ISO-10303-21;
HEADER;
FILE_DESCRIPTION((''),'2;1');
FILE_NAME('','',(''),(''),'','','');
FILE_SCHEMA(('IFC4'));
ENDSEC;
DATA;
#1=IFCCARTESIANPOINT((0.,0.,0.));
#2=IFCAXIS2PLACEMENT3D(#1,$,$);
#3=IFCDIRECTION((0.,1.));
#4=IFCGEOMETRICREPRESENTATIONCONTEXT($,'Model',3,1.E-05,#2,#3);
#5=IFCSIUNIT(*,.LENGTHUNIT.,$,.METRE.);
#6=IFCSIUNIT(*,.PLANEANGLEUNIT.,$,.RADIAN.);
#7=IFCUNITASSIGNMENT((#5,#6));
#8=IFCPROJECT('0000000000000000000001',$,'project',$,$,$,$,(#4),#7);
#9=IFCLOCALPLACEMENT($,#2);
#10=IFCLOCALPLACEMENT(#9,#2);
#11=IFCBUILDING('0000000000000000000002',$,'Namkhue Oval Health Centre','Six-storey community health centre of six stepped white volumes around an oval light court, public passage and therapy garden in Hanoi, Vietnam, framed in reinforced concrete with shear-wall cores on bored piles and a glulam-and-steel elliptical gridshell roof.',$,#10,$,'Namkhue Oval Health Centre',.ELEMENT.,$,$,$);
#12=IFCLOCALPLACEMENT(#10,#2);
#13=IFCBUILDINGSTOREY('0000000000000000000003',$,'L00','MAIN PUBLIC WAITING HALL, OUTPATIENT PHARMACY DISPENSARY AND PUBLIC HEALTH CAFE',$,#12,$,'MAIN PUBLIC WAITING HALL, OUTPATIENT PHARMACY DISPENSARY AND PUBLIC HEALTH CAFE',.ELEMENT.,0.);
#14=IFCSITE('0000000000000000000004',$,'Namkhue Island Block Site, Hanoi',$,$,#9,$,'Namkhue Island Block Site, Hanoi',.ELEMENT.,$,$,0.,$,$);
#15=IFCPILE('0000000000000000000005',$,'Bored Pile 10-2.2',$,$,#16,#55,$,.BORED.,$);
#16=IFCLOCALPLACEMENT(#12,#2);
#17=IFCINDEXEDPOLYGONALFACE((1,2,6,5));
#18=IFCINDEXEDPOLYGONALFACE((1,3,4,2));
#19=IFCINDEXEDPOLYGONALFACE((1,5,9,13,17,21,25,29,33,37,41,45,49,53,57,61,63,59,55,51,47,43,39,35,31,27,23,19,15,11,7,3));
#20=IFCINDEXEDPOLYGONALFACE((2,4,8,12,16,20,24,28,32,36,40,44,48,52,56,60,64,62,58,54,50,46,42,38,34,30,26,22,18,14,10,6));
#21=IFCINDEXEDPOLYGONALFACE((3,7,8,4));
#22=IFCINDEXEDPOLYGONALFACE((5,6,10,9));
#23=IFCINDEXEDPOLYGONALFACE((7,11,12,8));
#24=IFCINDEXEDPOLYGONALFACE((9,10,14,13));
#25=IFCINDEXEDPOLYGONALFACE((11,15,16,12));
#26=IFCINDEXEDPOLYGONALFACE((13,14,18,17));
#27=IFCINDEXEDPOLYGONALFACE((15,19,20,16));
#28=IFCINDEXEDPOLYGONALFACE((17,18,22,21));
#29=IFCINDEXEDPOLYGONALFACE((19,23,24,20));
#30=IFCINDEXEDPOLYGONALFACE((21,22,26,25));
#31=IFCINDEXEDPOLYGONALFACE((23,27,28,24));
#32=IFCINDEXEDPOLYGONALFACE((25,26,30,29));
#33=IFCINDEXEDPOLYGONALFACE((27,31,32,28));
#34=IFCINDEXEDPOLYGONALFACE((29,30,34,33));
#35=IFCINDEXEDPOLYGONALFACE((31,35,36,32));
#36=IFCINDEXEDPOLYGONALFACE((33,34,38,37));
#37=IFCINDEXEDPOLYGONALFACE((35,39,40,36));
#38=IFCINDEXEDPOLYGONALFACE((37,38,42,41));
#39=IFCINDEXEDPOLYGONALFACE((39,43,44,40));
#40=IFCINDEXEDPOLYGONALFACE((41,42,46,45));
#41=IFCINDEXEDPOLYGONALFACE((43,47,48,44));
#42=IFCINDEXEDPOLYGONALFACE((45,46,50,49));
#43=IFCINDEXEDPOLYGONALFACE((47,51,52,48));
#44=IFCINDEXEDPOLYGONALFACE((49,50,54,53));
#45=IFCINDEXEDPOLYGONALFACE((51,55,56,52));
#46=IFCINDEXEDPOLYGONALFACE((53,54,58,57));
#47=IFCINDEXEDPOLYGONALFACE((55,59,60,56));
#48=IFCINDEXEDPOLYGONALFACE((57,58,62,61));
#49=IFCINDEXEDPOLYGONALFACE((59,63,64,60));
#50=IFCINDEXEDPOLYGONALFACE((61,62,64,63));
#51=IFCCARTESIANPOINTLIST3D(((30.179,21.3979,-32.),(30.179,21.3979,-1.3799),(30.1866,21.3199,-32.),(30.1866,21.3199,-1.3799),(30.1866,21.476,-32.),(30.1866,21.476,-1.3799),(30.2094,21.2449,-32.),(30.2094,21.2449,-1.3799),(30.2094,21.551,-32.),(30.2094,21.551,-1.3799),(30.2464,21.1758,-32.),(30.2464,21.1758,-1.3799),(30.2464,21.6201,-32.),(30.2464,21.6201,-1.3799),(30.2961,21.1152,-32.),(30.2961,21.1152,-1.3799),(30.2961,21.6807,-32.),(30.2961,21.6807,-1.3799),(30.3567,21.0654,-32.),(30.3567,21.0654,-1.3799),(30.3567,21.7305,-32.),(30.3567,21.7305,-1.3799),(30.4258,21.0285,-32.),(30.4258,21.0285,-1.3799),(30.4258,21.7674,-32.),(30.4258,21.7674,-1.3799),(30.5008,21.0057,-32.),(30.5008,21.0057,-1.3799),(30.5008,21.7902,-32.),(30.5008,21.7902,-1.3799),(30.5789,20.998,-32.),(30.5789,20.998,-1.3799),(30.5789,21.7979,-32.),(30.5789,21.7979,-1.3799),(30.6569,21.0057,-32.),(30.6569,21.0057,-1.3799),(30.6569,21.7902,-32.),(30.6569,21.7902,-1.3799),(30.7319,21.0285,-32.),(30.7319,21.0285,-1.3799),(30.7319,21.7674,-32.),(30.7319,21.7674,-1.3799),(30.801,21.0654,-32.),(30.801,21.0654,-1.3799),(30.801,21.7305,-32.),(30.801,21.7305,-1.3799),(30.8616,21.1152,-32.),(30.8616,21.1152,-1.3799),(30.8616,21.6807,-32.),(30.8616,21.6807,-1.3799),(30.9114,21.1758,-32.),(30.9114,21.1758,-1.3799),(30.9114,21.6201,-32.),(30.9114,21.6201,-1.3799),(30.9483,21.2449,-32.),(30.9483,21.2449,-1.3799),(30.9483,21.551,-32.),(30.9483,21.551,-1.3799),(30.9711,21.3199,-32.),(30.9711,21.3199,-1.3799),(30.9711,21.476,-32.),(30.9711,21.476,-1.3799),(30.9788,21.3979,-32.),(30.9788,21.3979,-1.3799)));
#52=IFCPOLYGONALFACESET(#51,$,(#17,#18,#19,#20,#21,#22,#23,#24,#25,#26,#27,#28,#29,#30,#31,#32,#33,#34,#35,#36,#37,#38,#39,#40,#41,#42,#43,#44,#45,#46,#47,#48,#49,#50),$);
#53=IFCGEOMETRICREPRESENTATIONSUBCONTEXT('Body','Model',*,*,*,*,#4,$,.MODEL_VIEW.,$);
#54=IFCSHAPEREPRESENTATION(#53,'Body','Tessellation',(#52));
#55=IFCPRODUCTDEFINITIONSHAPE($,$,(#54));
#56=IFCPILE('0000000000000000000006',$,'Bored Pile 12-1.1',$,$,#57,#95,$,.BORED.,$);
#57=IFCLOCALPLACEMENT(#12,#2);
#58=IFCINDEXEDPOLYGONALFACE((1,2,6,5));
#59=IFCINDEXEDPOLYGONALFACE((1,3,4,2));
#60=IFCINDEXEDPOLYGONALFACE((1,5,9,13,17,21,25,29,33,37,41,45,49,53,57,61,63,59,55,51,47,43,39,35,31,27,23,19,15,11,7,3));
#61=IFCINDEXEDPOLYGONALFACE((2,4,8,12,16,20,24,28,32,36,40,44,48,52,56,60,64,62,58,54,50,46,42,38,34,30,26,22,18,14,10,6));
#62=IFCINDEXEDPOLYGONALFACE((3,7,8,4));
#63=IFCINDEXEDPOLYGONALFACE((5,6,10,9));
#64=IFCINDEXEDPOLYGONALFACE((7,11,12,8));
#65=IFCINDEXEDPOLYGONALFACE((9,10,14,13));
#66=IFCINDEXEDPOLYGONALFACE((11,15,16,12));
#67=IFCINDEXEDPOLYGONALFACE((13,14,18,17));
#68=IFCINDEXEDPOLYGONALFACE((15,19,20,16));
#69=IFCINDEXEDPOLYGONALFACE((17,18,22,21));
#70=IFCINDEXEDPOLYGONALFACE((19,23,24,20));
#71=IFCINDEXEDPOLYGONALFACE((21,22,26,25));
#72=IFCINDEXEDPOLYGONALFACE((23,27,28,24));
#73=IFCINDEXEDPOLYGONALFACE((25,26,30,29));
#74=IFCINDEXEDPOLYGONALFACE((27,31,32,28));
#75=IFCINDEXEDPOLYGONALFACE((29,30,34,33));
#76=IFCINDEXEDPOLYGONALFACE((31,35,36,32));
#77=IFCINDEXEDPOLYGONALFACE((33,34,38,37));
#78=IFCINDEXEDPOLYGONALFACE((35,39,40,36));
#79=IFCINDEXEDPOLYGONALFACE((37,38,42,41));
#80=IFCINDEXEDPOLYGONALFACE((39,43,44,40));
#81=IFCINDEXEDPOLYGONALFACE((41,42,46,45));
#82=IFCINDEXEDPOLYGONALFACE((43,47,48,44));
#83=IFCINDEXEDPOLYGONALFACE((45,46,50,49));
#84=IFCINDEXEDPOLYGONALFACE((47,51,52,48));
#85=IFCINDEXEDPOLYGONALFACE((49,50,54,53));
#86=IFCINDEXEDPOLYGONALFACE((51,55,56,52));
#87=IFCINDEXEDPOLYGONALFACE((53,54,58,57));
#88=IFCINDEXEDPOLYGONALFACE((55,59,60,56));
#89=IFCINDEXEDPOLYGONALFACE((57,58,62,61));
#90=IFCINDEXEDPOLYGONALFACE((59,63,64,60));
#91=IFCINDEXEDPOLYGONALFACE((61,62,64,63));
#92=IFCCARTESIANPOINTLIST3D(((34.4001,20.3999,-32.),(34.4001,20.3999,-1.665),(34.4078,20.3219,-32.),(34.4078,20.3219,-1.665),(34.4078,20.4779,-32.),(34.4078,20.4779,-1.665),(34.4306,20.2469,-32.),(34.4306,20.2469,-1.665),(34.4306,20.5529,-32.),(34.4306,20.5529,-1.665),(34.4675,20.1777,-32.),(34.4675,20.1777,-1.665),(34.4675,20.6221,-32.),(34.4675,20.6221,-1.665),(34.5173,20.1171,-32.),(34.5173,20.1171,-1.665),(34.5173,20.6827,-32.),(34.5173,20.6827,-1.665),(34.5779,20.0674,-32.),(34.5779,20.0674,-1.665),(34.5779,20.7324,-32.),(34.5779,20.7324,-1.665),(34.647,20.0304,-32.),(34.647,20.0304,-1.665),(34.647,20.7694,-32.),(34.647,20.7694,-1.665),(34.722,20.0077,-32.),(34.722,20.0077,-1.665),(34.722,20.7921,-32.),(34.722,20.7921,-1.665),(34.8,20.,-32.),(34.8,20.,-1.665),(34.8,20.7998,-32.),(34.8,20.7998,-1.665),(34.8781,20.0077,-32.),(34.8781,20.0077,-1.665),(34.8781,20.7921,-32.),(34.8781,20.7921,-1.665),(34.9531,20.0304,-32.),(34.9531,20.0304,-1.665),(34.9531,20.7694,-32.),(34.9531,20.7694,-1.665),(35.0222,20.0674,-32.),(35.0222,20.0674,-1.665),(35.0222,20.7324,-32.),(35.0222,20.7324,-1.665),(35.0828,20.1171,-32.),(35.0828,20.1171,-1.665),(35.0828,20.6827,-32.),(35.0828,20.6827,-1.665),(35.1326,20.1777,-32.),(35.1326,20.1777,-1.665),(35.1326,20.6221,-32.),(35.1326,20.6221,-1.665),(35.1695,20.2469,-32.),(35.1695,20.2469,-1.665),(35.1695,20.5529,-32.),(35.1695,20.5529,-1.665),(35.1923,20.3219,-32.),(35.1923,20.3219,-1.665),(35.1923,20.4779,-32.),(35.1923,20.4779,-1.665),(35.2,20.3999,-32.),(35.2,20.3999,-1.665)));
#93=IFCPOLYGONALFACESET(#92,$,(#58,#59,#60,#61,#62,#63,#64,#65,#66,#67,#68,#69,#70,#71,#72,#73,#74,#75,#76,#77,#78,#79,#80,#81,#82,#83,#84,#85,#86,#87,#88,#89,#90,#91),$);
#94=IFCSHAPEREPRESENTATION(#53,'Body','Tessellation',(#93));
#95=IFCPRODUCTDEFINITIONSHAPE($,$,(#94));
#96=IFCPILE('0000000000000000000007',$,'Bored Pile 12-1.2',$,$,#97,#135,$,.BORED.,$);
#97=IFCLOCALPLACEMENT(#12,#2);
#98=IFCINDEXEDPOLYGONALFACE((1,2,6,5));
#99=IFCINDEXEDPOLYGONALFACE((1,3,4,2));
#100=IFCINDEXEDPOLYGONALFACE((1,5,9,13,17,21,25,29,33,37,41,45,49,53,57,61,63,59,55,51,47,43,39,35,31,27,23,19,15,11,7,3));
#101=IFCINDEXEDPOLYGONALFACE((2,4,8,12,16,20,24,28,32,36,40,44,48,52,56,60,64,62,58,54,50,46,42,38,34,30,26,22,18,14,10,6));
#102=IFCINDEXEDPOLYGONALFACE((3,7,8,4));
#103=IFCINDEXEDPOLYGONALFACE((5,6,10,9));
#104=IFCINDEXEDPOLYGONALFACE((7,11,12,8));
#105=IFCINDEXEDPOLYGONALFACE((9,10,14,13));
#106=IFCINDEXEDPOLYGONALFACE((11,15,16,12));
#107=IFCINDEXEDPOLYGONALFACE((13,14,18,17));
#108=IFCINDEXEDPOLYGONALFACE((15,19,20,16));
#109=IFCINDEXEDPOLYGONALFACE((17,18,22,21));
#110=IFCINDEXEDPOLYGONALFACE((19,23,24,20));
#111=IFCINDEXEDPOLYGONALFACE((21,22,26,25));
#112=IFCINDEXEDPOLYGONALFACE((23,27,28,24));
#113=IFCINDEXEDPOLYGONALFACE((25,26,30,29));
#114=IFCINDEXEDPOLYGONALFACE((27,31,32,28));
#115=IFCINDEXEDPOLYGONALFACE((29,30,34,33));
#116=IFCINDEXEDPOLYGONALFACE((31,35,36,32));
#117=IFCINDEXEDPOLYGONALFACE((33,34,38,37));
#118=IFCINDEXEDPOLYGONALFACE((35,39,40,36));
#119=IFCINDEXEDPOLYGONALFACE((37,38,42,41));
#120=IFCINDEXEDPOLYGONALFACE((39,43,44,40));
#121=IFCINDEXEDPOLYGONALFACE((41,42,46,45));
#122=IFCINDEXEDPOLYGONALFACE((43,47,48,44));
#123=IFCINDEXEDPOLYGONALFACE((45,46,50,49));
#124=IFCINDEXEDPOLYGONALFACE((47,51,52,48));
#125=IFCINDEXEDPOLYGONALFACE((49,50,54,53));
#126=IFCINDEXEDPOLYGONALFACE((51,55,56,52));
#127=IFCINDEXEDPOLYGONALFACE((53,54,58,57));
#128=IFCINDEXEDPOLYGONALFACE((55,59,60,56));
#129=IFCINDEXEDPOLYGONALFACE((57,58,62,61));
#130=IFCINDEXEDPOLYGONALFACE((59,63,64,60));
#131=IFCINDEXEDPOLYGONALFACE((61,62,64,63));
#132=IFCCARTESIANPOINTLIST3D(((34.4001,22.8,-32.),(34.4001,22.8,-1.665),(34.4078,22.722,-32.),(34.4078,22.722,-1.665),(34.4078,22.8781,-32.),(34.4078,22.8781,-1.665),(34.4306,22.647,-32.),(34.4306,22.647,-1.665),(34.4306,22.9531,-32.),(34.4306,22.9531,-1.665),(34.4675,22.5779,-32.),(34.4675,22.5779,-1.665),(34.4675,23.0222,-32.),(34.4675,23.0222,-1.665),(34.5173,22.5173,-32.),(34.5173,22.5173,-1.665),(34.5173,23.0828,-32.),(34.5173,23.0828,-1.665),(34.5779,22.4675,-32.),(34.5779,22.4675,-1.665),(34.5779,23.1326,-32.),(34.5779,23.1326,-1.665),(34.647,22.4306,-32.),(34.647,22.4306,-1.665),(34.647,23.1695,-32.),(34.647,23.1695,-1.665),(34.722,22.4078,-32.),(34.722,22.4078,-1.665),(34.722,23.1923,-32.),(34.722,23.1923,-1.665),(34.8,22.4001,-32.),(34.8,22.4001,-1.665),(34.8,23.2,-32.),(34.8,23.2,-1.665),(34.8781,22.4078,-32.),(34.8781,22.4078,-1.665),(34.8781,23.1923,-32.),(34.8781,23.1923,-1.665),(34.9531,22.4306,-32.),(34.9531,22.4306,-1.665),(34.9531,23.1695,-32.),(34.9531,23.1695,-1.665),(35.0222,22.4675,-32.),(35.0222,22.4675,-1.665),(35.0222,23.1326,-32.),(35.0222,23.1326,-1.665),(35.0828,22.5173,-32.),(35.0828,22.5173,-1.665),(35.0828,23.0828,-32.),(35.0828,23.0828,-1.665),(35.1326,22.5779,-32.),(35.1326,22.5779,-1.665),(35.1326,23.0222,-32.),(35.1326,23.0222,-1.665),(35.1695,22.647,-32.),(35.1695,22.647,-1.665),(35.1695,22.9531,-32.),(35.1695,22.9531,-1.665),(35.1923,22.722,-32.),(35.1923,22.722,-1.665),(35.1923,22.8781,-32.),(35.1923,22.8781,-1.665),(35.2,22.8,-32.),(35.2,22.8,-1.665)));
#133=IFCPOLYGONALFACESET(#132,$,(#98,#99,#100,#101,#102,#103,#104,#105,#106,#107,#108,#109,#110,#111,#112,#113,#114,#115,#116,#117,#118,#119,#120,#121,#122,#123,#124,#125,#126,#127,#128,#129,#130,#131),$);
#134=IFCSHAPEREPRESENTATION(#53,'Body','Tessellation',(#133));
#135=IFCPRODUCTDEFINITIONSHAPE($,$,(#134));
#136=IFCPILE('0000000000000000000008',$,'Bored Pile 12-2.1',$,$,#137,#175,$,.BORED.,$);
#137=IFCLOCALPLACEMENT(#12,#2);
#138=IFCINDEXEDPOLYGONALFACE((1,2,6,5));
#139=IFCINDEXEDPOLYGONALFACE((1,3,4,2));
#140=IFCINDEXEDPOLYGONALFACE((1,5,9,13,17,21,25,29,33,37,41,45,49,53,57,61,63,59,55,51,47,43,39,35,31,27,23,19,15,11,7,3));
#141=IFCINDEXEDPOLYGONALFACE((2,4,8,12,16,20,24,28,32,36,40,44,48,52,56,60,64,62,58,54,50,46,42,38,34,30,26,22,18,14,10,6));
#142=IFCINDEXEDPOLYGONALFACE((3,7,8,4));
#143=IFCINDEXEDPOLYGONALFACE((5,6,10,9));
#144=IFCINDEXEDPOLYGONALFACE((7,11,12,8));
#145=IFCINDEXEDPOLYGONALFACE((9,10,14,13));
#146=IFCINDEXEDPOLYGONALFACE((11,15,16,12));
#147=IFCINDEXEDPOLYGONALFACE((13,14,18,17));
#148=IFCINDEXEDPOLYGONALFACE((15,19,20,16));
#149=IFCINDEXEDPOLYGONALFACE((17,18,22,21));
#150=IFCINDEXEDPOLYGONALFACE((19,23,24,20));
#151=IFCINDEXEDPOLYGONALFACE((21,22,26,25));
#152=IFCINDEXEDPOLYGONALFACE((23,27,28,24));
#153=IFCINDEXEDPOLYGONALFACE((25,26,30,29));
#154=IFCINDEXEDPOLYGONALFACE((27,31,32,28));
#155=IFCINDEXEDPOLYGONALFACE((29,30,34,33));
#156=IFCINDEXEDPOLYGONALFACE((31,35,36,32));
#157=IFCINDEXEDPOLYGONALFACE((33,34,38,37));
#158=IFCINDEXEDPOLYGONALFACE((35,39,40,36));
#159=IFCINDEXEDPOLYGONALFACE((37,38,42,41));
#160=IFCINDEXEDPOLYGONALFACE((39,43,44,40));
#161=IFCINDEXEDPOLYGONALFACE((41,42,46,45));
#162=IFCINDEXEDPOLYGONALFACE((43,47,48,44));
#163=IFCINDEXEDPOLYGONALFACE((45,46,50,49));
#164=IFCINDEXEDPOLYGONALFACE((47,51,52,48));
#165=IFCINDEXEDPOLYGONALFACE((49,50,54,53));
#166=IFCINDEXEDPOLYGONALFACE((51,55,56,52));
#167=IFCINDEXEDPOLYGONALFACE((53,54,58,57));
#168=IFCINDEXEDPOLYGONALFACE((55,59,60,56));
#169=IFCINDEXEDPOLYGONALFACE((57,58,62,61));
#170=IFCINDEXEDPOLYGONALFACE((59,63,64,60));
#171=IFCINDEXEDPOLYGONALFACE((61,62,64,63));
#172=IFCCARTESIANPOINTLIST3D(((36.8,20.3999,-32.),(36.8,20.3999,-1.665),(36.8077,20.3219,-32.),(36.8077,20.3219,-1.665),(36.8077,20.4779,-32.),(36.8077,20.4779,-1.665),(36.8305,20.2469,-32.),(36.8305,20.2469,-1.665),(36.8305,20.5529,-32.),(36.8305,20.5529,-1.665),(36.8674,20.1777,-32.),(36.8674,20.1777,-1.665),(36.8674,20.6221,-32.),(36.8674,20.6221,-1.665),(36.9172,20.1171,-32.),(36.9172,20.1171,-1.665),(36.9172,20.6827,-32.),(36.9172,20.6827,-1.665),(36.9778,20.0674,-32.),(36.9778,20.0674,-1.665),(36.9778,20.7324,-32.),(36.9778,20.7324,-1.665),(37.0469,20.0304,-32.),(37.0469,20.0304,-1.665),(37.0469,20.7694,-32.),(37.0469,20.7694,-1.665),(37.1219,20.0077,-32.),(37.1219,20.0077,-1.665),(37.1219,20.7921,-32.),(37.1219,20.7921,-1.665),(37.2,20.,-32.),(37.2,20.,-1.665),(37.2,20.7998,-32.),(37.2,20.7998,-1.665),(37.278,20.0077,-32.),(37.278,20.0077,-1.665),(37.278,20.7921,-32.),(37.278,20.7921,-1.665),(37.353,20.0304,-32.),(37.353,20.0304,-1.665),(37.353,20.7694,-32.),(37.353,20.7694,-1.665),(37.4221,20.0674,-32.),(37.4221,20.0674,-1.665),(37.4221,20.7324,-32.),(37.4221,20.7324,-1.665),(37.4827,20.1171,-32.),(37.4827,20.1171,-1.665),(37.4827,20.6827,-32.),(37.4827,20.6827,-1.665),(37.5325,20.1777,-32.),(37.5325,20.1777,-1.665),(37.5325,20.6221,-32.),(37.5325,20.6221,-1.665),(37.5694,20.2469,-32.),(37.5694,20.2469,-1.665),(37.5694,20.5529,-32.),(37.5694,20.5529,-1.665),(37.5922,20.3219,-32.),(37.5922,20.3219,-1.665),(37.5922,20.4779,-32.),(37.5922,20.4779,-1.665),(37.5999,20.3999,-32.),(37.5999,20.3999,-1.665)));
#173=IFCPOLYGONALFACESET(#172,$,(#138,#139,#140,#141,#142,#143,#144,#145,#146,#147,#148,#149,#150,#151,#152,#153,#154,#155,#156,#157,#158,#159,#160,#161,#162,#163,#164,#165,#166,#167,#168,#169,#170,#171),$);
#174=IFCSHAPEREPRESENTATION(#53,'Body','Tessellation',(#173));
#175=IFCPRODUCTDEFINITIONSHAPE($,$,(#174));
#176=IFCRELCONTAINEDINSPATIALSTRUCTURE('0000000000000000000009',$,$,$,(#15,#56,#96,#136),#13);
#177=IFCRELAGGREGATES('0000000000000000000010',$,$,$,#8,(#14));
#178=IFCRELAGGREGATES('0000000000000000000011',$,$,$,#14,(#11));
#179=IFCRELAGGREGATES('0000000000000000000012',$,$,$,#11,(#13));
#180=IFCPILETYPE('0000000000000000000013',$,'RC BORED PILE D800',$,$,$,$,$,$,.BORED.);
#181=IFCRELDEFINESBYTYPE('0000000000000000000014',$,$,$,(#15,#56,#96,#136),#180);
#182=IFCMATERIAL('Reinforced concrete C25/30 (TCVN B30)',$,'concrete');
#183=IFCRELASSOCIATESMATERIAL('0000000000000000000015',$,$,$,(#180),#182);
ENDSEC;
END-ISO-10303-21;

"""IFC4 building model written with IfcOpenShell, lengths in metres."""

from ifc_helpers import new_model, si_unit, direction, frame, origin, origin_2d, place, context, subcontext, project, spatial, circle, extrude, material, material_profile, profile_set, type_object, element, save


model = new_model("IFC4")

# Units and contexts
model_context = context("Model", 3, precision=1e-05, world=origin(), true_north=direction((0.0, 1.0)))
body_context = subcontext(model_context, "Body", "Model", "MODEL_VIEW")
ifc_project = project(units=[si_unit("LENGTHUNIT", "METRE"), si_unit("PLANEANGLEUNIT", "RADIAN")], contexts=[model_context])

# Site, building, storey
site_placement = place(None, origin())
site = spatial("IfcSite", under=ifc_project, at=site_placement, Name="Namkhue Island Block Site, Hanoi", LongName="Namkhue Island Block Site, Hanoi", CompositionType="ELEMENT", RefElevation=0.0)
building_placement = place(site_placement, origin())
building = spatial("IfcBuilding", under=site, at=building_placement, Name="Namkhue Oval Health Centre", Description="Six-storey community health centre of six stepped white volumes around an oval light court, public passage and therapy garden in Hanoi, Vietnam, framed in reinforced concrete with shear-wall cores on bored piles and a glulam-and-steel elliptical gridshell roof.", LongName="Namkhue Oval Health Centre", CompositionType="ELEMENT")
storey_placement = place(building_placement, origin())
storey = spatial("IfcBuildingStorey", under=building, at=storey_placement, Name="L00", Description="MAIN PUBLIC WAITING HALL, OUTPATIENT PHARMACY DISPENSARY AND PUBLIC HEALTH CAFE", LongName="MAIN PUBLIC WAITING HALL, OUTPATIENT PHARMACY DISPENSARY AND PUBLIC HEALTH CAFE", CompositionType="ELEMENT", Elevation=0.0)

# Piles
ifc_material_1 = material(Name="Reinforced concrete C25/30 (TCVN B30)", Category="concrete")
ifc_material_profile_1 = material_profile(ifc_material_1, circle(Radius=0.3999, at=origin_2d()), Name="BORED PILE D800")
ifc_profile_set_1 = profile_set([ifc_material_profile_1], Name="Reinforced concrete C25/30 (TCVN B30)")
pile_type = type_object("IfcPileType", Name="RC BORED PILE D800", PredefinedType="BORED", material=ifc_profile_set_1)
for number, where, z_axis, x_axis, name in (
    (1, (30.5789, 21.3979, -1.3799), (0.0, 0.0, -1.0), (1.0, 0.0, 0.0), "Bored Pile 10-2.2"),
):
    element("IfcPile", number, at=place(storey_placement, frame(where, z_axis=z_axis, x_axis=x_axis)), inside=storey, type_object=pile_type, Name=name, PredefinedType="BORED", context=body_context, shape_type="SweptSolid", body=[
        extrude(circle(Radius=0.3999, at=origin_2d()), origin(), (0.0, 0.0, 1.0), 30.6201),
    ])
for number, where, z_axis, x_axis, name in (
    (2, (34.8, 20.3999, -1.665), (0.0, 0.0, -1.0), (1.0, 0.0, 0.0), "Bored Pile 12-1.1"),
    (3, (34.8, 22.8, -1.665), (0.0, 0.0, -1.0), (1.0, 0.0, 0.0), "Bored Pile 12-1.2"),
    (4, (37.2, 20.3999, -1.665), (0.0, 0.0, -1.0), (1.0, 0.0, 0.0), "Bored Pile 12-2.1"),
):
    element("IfcPile", number, at=place(storey_placement, frame(where, z_axis=z_axis, x_axis=x_axis)), inside=storey, type_object=pile_type, Name=name, PredefinedType="BORED", context=body_context, shape_type="SweptSolid", body=[
        extrude(circle(Radius=0.3999, at=origin_2d()), origin(), (0.0, 0.0, 1.0), 30.335),
    ])

save(model, "model.ifc")
